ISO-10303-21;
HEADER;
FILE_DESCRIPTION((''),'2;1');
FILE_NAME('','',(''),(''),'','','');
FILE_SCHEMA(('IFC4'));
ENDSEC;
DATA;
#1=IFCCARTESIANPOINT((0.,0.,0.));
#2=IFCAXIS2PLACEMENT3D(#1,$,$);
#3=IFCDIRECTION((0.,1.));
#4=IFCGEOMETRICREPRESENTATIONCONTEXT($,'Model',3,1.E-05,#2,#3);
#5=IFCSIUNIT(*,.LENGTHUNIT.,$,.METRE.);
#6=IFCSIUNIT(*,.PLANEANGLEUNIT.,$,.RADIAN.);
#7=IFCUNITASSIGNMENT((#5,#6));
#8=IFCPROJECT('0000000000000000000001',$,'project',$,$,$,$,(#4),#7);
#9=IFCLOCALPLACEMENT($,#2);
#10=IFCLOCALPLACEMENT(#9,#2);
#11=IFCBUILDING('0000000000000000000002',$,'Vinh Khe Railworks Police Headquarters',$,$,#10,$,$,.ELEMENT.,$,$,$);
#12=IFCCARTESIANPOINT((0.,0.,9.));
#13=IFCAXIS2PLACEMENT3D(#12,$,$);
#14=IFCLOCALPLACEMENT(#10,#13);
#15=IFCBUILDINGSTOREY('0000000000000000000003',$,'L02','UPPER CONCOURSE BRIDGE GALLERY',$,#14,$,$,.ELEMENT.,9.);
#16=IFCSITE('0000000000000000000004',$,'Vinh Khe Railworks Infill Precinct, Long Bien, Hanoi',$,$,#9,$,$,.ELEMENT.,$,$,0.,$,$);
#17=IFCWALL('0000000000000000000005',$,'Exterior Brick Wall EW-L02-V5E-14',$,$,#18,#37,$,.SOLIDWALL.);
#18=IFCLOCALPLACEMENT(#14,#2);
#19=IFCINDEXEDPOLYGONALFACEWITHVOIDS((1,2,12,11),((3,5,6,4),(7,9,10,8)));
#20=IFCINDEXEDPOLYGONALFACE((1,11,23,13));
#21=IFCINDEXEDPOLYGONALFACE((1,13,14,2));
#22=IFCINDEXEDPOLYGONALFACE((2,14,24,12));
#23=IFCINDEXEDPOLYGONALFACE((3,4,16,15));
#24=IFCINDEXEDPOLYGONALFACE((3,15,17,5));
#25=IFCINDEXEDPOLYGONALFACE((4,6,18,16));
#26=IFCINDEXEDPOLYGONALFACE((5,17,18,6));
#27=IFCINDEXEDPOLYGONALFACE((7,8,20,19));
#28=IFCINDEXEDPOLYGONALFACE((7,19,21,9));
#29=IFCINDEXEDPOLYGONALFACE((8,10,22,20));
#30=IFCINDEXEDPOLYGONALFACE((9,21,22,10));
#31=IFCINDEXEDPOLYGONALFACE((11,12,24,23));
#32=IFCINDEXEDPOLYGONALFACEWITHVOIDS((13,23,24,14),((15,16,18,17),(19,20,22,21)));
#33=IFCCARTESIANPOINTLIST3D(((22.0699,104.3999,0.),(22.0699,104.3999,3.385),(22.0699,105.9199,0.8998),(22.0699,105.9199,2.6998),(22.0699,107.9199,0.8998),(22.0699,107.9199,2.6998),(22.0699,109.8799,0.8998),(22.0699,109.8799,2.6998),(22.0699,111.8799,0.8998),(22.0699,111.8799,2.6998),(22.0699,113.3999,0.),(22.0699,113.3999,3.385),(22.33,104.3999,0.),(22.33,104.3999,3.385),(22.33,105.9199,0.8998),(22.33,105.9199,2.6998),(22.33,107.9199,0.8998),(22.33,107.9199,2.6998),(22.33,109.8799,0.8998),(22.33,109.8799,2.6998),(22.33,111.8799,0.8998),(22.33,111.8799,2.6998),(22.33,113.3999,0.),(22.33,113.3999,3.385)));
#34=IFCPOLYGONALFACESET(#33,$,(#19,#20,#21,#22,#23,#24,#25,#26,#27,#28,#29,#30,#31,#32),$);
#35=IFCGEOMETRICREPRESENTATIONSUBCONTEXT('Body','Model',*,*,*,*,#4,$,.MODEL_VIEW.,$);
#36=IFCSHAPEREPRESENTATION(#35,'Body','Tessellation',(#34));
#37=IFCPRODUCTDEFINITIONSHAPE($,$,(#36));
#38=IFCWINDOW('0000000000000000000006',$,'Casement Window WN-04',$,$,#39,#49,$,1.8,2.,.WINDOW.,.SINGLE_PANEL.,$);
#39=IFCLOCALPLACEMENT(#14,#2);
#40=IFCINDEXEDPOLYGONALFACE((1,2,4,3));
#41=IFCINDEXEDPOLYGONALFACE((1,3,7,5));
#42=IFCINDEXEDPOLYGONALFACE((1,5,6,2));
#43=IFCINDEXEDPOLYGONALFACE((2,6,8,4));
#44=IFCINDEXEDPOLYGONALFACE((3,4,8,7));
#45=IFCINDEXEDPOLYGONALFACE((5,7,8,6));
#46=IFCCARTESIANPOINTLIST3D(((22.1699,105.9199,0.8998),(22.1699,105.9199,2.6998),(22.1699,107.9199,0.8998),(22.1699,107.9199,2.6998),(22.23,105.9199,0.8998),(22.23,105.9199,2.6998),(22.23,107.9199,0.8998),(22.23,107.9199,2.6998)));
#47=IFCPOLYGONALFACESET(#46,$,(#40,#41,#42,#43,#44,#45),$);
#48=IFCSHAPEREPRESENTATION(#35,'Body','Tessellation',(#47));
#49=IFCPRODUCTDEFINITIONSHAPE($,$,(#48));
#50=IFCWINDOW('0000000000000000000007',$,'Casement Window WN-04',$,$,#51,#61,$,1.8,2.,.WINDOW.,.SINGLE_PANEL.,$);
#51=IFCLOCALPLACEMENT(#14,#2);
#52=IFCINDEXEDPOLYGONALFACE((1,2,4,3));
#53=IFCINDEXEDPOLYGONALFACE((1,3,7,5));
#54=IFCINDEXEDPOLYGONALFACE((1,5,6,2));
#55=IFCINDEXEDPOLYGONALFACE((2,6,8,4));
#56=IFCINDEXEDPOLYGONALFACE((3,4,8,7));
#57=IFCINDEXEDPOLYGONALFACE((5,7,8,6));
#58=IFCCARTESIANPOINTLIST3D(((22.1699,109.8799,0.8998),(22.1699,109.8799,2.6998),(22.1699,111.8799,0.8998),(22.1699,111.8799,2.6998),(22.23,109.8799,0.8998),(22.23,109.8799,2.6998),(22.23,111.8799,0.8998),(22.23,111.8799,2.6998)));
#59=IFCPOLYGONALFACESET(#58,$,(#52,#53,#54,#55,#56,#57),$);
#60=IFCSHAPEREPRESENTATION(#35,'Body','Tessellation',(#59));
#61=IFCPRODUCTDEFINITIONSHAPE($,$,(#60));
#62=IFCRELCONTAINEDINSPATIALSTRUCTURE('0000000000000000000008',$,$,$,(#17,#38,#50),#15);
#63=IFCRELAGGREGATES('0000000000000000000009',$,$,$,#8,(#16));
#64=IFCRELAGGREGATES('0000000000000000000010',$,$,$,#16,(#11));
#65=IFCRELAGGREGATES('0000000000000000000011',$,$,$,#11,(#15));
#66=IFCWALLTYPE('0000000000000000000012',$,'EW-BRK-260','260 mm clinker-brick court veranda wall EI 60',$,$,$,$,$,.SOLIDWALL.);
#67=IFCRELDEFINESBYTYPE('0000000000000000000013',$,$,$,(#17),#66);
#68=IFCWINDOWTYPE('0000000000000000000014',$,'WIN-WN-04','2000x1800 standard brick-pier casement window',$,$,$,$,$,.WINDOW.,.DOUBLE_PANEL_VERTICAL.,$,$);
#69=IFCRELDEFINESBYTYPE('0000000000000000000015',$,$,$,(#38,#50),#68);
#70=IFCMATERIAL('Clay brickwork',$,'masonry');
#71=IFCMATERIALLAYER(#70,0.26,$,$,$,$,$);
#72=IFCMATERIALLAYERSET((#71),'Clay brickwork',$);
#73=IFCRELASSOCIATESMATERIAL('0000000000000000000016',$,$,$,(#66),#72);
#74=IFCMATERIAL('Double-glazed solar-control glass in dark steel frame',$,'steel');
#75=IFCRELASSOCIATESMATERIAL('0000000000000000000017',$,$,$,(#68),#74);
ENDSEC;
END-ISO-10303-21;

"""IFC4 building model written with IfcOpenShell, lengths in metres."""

from ifc_helpers import new_model, si_unit, direction, frame, frame_2d, origin, place, context, subcontext, project, spatial, rectangle, extrude, material, layer, layer_set, type_object, element, fill, save


model = new_model("IFC4")

# Units and contexts
model_context = context("Model", 3, precision=1e-05, world=origin(), true_north=direction((0.0, 1.0)))
body_context = subcontext(model_context, "Body", "Model", "MODEL_VIEW")
ifc_project = project(units=[si_unit("LENGTHUNIT", "METRE"), si_unit("PLANEANGLEUNIT", "RADIAN")], contexts=[model_context])

# Site, building, storey
site_placement = place(None, origin())
site = spatial("IfcSite", under=ifc_project, at=site_placement, Name="Vinh Khe Railworks Infill Precinct, Long Bien, Hanoi", CompositionType="ELEMENT", RefElevation=0.0)
building_placement = place(site_placement, origin())
building = spatial("IfcBuilding", under=site, at=building_placement, Name="Vinh Khe Railworks Police Headquarters", CompositionType="ELEMENT")
storey_placement = place(building_placement, frame((0.0, 0.0, 9.0)))
storey = spatial("IfcBuildingStorey", under=building, at=storey_placement, Name="L02", Description="UPPER CONCOURSE BRIDGE GALLERY", CompositionType="ELEMENT", Elevation=9.0)

# Wall, openings, windows
ifc_material_1 = material(Name="Clay brickwork", Category="masonry")
ifc_layer_1 = layer(ifc_material_1, 0.26)
ifc_layer_set_1 = layer_set([ifc_layer_1], Name="Clay brickwork")
wall_type = type_object("IfcWallType", Name="EW-BRK-260", Description="260 mm clinker-brick court veranda wall EI 60", PredefinedType="SOLIDWALL", material=ifc_layer_set_1)
wall_placement = place(storey_placement, frame((22.2, 104.3999, 0.0), z_axis=(0.0, 0.0, 1.0), x_axis=(0.0, 1.0, 0.0)))
wall = element("IfcWall", 1, at=wall_placement, inside=storey, type_object=wall_type, Name="Exterior Brick Wall EW-L02-V5E-14", PredefinedType="SOLIDWALL", context=body_context, shape_type="SweptSolid", body=[
    extrude(rectangle(XDim=9.0, YDim=0.26, at=frame_2d((4.5, 0.0))), origin(), (0.0, 0.0, 1.0), 3.385),
])
opening_1_placement = place(wall_placement, frame((1.52, 0.0, 0.8999)))
opening_1 = element("IfcOpeningElement", 2, at=opening_1_placement, cuts=wall, PredefinedType="OPENING", context=body_context, shape_type="SweptSolid", body=[
    extrude(rectangle(XDim=2.0, YDim=1.8, at=frame_2d((1.0, 0.8999))), frame((0.0, 0.145, 0.0), z_axis=(0.0, -1.0, 0.0), x_axis=(1.0, 0.0, 0.0)), (0.0, 0.0, 1.0), 0.2898),
])
opening_2_placement = place(wall_placement, frame((5.48, 0.0, 0.8999)))
opening_2 = element("IfcOpeningElement", 3, at=opening_2_placement, cuts=wall, PredefinedType="OPENING", context=body_context, shape_type="SweptSolid", body=[
    extrude(rectangle(XDim=2.0, YDim=1.8, at=frame_2d((1.0, 0.8999))), frame((0.0, 0.145, 0.0), z_axis=(0.0, -1.0, 0.0), x_axis=(1.0, 0.0, 0.0)), (0.0, 0.0, 1.0), 0.2898),
])
ifc_material_2 = material(Name="Double-glazed solar-control glass in dark steel frame", Category="steel")
window_type = type_object("IfcWindowType", Name="WIN-WN-04", Description="2000x1800 standard brick-pier casement window", PartitioningType="DOUBLE_PANEL_VERTICAL", PredefinedType="WINDOW", material=ifc_material_2)
window_1_placement = place(opening_1_placement, origin())
window_1 = element("IfcWindow", 4, at=window_1_placement, inside=storey, type_object=window_type, Name="Casement Window WN-04", OverallHeight=1.8, OverallWidth=2.0, PartitioningType="SINGLE_PANEL", PredefinedType="WINDOW", context=body_context, shape_type="SweptSolid", body=[
    extrude(rectangle(XDim=2.0, YDim=1.8, at=frame_2d((1.0, 0.8999))), frame((0.0, 0.03, 0.0), z_axis=(0.0, -1.0, 0.0), x_axis=(1.0, 0.0, 0.0)), (0.0, 0.0, 1.0), 0.0601),
])
fill(opening_1, window_1)
window_2_placement = place(opening_2_placement, origin())
window_2 = element("IfcWindow", 5, at=window_2_placement, inside=storey, type_object=window_type, Name="Casement Window WN-04", OverallHeight=1.8, OverallWidth=2.0, PartitioningType="SINGLE_PANEL", PredefinedType="WINDOW", context=body_context, shape_type="SweptSolid", body=[
    extrude(rectangle(XDim=2.0, YDim=1.8, at=frame_2d((1.0, 0.8999))), frame((0.0, 0.03, 0.0), z_axis=(0.0, -1.0, 0.0), x_axis=(1.0, 0.0, 0.0)), (0.0, 0.0, 1.0), 0.0601),
])
fill(opening_2, window_2)

save(model, "model.ifc")
